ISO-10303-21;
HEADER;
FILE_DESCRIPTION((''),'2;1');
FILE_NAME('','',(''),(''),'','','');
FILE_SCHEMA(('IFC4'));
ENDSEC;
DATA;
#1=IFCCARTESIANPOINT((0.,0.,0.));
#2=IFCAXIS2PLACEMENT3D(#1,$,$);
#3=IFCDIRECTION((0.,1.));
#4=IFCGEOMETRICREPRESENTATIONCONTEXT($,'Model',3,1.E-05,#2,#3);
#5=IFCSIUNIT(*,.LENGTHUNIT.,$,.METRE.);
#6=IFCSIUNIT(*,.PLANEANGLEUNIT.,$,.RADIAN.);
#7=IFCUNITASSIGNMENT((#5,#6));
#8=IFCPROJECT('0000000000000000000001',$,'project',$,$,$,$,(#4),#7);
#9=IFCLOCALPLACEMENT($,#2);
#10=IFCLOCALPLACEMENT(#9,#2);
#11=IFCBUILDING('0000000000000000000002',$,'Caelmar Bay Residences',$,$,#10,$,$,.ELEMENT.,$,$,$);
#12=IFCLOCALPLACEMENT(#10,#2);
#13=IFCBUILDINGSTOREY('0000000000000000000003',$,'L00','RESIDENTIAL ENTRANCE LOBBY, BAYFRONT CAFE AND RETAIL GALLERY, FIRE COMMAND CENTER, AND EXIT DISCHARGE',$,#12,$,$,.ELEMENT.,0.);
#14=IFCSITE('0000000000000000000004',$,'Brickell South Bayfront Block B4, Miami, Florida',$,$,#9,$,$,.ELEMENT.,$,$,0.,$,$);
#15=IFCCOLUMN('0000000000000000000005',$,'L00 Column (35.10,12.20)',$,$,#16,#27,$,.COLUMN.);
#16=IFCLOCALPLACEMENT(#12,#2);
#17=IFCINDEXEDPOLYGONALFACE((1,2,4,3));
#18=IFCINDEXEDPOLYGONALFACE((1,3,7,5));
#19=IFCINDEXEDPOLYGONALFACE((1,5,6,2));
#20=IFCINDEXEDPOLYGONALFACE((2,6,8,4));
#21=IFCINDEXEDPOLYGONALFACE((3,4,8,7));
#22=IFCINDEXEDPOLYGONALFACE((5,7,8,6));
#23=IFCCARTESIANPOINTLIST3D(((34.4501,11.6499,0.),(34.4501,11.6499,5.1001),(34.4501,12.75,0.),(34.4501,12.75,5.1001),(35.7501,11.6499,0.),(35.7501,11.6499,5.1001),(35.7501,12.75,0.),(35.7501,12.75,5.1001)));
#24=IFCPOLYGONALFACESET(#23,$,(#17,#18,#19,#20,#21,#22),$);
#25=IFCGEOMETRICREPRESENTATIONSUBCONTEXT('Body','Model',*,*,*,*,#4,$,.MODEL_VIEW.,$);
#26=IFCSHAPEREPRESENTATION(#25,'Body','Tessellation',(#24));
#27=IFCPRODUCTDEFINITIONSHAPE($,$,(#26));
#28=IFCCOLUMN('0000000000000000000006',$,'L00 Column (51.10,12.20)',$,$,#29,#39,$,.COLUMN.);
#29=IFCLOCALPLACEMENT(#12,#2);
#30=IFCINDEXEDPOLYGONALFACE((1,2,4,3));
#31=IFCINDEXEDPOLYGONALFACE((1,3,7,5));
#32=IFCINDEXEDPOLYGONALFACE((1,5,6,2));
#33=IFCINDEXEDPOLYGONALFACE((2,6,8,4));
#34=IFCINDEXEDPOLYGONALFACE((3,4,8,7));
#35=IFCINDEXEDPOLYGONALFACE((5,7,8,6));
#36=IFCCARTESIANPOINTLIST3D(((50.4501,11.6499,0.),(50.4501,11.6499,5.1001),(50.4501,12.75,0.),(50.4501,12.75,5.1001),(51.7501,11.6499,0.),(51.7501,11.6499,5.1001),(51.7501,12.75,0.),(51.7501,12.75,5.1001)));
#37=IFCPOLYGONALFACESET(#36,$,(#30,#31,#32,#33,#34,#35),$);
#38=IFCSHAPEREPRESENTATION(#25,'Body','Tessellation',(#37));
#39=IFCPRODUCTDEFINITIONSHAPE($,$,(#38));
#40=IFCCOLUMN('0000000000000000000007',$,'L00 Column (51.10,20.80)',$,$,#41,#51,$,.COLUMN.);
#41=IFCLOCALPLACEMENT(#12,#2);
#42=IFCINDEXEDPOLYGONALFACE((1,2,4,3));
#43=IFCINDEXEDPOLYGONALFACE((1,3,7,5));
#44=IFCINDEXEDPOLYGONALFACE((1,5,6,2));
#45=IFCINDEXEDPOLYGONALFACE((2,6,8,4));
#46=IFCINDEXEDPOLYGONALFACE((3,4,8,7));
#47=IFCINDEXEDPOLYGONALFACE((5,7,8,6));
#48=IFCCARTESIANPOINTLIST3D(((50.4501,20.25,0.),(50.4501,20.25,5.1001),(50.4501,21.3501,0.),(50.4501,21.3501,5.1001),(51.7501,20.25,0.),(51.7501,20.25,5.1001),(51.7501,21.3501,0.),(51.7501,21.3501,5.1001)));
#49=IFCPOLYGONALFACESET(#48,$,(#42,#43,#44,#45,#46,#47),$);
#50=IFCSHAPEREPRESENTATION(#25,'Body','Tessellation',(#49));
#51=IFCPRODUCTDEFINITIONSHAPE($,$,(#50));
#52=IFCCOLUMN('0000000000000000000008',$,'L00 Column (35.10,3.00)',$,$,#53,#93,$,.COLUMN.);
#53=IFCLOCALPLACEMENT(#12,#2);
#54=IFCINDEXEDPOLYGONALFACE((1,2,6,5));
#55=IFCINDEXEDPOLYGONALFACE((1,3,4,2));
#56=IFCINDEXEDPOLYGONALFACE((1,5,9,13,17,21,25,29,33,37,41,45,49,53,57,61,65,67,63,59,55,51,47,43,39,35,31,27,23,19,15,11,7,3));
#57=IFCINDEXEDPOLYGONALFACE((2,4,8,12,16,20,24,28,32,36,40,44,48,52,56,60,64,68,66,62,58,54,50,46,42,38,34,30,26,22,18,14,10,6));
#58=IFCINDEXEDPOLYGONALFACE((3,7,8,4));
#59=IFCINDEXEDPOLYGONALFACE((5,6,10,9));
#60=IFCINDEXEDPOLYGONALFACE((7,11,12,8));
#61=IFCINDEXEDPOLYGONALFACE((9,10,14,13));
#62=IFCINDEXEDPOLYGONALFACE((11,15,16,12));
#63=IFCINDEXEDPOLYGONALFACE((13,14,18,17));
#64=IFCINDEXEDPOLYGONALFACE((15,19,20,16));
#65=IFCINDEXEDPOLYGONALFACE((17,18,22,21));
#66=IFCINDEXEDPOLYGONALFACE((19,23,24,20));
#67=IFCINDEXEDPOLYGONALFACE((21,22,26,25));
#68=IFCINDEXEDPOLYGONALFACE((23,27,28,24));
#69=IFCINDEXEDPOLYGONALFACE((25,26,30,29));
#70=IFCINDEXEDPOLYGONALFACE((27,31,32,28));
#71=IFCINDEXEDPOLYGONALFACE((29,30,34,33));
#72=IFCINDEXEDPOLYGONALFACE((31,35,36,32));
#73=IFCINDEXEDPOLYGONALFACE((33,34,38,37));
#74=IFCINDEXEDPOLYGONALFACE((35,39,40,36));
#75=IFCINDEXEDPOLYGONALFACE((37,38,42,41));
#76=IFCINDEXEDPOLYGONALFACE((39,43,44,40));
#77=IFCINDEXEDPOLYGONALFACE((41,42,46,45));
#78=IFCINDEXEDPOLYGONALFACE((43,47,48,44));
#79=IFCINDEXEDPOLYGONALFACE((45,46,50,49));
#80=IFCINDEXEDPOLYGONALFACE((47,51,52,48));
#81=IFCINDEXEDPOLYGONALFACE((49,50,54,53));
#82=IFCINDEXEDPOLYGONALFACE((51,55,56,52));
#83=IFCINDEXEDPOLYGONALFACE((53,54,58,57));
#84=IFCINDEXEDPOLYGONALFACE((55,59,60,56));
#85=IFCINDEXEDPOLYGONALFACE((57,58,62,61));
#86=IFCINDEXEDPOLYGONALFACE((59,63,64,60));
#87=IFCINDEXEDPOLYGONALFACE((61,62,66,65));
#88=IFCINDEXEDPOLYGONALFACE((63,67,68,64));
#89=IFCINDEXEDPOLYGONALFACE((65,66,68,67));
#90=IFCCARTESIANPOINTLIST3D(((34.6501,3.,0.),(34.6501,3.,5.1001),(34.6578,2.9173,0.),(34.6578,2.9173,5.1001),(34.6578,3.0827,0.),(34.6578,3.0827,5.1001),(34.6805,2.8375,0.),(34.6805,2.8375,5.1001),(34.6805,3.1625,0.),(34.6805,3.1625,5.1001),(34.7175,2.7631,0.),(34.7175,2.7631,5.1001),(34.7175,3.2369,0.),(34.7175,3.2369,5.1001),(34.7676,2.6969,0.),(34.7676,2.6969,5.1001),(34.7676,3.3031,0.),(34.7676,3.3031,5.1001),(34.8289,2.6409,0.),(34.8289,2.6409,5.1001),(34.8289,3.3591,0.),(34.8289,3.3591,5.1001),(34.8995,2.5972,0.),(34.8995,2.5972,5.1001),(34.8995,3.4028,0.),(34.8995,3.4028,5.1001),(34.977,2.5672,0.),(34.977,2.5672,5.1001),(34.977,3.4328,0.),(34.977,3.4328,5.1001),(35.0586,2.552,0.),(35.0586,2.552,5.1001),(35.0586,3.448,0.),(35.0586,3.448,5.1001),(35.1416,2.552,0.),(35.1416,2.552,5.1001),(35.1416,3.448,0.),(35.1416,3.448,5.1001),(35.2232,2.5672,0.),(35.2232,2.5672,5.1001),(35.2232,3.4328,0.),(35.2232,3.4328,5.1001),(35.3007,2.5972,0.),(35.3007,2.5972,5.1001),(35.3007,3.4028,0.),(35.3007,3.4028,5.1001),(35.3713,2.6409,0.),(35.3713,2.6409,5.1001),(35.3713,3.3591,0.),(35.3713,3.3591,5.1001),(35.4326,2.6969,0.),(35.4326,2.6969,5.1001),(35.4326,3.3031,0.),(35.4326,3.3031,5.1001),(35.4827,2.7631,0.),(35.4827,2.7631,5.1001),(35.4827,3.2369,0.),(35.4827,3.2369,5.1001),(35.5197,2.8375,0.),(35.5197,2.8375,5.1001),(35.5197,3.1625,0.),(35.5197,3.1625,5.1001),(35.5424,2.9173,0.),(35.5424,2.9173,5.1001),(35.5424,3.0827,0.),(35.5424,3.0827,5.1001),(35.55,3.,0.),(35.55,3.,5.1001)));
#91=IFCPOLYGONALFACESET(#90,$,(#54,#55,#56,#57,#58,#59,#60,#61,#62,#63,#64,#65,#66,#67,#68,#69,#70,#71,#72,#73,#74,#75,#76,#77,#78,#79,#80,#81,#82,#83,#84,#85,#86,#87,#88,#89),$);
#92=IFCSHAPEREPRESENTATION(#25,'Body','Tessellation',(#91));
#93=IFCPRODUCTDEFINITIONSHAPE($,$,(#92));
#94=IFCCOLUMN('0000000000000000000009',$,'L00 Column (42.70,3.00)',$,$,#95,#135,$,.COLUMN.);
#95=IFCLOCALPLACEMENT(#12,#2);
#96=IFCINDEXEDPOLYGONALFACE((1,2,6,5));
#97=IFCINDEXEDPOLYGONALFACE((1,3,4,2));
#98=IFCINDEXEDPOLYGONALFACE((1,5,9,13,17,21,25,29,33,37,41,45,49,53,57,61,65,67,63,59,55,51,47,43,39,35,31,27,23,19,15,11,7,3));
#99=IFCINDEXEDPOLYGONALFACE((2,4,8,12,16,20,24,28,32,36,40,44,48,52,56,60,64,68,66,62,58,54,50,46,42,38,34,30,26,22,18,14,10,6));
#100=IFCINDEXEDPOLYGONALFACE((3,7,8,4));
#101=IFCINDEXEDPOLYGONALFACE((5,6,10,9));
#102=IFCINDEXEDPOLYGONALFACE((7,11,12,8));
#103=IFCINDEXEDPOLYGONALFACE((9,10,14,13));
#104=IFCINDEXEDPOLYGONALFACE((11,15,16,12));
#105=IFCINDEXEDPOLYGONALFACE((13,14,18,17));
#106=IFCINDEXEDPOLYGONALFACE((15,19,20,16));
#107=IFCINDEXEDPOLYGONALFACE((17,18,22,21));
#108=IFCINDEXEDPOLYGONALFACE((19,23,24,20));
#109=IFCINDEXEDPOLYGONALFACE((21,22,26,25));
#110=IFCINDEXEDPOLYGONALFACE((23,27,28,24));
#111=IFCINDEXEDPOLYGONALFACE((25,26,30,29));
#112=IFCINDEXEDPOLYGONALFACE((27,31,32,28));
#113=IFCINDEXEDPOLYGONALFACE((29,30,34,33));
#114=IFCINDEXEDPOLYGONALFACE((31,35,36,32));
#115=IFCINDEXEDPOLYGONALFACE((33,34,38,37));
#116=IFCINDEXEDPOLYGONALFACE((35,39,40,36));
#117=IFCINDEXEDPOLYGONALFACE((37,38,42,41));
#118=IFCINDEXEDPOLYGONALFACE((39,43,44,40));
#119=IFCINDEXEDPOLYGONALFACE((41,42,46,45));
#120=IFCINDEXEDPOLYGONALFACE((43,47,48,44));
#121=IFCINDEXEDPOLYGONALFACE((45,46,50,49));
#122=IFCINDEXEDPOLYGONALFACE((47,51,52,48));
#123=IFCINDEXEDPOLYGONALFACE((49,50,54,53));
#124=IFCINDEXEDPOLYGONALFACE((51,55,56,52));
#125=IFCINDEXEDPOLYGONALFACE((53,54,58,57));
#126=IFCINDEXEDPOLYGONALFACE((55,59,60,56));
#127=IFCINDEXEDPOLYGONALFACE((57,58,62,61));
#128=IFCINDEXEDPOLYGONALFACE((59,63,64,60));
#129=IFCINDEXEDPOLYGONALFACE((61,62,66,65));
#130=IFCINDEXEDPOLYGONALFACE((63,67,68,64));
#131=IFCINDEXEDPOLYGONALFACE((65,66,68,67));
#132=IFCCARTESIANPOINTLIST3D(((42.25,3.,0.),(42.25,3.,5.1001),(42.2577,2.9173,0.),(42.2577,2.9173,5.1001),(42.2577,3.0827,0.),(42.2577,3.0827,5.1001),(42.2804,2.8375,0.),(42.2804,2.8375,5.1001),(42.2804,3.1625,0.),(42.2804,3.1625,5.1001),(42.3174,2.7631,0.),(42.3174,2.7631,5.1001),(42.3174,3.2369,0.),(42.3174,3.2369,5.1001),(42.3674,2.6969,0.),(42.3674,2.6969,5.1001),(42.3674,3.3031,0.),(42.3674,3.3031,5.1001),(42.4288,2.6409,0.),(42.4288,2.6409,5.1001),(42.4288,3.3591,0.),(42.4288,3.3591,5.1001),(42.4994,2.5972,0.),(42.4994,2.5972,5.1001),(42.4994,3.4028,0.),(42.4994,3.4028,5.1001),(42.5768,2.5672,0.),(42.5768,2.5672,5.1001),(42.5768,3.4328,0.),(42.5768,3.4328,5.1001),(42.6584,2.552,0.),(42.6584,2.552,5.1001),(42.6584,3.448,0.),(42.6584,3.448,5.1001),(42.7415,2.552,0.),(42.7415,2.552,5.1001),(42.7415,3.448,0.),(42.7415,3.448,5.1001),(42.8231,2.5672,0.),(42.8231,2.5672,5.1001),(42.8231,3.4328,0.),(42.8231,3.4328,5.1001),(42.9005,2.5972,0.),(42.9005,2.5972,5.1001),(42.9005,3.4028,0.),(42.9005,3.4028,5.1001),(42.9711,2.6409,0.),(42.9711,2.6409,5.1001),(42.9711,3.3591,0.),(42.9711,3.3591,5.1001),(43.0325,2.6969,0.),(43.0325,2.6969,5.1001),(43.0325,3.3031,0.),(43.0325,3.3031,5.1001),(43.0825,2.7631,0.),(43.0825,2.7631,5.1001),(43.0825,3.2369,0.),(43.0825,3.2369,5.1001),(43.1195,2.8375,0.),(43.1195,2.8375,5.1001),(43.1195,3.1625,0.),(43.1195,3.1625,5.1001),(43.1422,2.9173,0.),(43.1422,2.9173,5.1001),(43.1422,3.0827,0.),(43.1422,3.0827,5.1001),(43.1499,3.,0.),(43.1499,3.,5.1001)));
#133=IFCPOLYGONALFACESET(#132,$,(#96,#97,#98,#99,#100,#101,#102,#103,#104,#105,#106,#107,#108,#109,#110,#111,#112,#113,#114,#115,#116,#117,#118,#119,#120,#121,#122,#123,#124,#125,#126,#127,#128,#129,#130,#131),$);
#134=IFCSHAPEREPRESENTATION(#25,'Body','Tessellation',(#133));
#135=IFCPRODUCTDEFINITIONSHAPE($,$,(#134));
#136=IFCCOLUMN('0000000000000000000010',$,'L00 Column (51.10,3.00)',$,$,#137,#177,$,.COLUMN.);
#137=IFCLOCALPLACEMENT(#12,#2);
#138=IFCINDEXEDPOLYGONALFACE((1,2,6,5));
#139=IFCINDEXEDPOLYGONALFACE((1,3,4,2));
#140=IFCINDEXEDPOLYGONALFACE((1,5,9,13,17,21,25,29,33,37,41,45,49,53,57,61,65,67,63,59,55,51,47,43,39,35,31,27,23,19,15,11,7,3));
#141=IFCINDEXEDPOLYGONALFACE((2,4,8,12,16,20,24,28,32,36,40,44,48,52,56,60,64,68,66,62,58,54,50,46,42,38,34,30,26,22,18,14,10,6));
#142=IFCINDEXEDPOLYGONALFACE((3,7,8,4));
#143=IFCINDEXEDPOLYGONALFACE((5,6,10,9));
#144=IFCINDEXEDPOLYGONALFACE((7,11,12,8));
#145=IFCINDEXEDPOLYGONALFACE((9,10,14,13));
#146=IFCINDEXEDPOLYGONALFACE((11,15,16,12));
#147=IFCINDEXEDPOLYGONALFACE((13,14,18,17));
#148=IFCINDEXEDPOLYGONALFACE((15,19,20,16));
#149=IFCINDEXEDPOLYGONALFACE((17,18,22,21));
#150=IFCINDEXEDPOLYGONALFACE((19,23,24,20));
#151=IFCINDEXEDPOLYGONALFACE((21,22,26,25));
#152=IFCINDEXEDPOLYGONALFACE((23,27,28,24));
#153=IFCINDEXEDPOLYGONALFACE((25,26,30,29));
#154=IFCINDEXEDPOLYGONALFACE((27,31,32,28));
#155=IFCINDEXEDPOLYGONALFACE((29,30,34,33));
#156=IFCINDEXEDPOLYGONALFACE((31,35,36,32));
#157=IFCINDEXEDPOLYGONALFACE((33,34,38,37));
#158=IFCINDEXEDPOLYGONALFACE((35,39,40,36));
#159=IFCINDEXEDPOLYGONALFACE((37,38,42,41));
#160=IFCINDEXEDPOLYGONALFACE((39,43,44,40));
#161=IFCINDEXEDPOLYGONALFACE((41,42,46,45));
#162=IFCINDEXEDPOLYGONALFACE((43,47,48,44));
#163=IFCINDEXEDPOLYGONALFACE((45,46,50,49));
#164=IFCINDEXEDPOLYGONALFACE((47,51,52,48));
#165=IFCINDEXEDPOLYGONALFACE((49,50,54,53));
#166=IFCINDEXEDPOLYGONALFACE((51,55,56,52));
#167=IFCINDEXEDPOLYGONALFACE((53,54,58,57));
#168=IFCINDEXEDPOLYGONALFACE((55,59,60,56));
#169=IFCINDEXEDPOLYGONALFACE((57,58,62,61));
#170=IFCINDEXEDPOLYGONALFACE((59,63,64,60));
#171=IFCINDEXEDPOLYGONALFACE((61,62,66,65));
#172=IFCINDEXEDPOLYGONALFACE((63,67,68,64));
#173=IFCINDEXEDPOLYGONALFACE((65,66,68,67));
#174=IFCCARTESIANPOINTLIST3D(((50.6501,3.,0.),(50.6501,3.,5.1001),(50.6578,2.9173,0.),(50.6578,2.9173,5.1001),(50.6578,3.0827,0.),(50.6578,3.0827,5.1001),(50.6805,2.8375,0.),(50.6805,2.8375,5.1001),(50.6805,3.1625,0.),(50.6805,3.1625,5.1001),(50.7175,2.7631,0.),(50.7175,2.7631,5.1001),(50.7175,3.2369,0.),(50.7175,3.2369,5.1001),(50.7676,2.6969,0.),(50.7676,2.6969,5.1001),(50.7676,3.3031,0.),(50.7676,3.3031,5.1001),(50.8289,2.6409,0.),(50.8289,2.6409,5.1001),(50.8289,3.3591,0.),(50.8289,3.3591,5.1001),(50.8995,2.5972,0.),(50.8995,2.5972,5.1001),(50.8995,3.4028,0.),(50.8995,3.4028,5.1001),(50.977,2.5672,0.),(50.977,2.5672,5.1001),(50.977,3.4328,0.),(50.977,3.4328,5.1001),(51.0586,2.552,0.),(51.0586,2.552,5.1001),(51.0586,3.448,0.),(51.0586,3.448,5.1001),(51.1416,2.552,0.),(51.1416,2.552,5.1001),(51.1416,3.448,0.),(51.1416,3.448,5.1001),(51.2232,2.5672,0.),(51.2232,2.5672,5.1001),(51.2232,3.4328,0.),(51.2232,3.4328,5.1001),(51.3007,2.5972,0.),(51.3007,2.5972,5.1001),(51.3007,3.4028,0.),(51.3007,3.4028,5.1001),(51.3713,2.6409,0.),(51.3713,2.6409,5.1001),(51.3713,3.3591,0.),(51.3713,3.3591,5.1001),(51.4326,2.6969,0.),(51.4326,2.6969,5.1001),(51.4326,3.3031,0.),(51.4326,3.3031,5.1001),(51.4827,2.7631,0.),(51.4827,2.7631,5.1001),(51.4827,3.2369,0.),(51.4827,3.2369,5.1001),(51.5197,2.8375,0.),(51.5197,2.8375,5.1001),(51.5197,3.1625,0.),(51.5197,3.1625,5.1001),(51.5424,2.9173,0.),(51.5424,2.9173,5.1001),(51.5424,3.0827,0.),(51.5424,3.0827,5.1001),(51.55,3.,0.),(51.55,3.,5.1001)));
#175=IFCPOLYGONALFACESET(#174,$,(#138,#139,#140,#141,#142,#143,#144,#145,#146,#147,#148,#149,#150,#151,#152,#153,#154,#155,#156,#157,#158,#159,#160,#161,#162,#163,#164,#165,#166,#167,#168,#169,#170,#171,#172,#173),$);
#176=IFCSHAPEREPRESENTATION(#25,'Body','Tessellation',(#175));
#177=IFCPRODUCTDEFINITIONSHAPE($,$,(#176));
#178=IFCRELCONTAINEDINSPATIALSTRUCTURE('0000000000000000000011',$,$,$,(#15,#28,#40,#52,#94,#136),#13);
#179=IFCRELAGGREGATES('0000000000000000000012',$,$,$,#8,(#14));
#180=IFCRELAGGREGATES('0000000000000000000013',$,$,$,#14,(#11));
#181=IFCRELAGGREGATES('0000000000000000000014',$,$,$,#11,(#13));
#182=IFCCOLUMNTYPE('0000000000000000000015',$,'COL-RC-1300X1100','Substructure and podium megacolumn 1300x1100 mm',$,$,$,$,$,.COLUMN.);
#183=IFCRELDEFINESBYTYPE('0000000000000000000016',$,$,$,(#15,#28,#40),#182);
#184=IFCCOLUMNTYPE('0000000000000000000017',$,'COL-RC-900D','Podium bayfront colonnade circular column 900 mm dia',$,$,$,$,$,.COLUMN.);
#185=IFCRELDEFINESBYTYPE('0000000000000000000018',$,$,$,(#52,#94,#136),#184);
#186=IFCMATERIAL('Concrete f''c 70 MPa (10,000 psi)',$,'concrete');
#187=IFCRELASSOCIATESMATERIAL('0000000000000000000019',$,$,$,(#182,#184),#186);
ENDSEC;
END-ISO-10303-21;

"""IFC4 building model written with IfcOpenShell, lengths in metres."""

from ifc_helpers import new_model, si_unit, direction, frame, origin, origin_2d, place, context, subcontext, project, spatial, rectangle, circle, extrude, material, material_profile, profile_set, type_object, element, save


model = new_model("IFC4")

# Units and contexts
model_context = context("Model", 3, precision=1e-05, world=origin(), true_north=direction((0.0, 1.0)))
body_context = subcontext(model_context, "Body", "Model", "MODEL_VIEW")
ifc_project = project(units=[si_unit("LENGTHUNIT", "METRE"), si_unit("PLANEANGLEUNIT", "RADIAN")], contexts=[model_context])

# Site, building, storey
site_placement = place(None, origin())
site = spatial("IfcSite", under=ifc_project, at=site_placement, Name="Brickell South Bayfront Block B4, Miami, Florida", CompositionType="ELEMENT", RefElevation=0.0)
building_placement = place(site_placement, origin())
building = spatial("IfcBuilding", under=site, at=building_placement, Name="Caelmar Bay Residences", CompositionType="ELEMENT")
storey_placement = place(building_placement, origin())
storey = spatial("IfcBuildingStorey", under=building, at=storey_placement, Name="L00", Description="RESIDENTIAL ENTRANCE LOBBY, BAYFRONT CAFE AND RETAIL GALLERY, FIRE COMMAND CENTER, AND EXIT DISCHARGE", CompositionType="ELEMENT", Elevation=0.0)

# Columns
ifc_material_1 = material(Name="Concrete f'c 70 MPa (10,000 psi)", Category="concrete")
ifc_material_profile_1 = material_profile(ifc_material_1, rectangle(XDim=1.3, YDim=1.1001, at=origin_2d()), Name="RC-COL-1300X1100")
ifc_profile_set_1 = profile_set([ifc_material_profile_1], Name="Concrete f'c 70 MPa (10,000 psi)")
column_type_1 = type_object("IfcColumnType", Name="COL-RC-1300X1100", Description="Substructure and podium megacolumn 1300x1100 mm", PredefinedType="COLUMN", material=ifc_profile_set_1)
for number, where, z_axis, x_axis, name in (
    (1, (35.1001, 12.2, 0.0), (0.0, 0.0, 1.0), (1.0, 0.0, 0.0), "L00 Column (35.10,12.20)"),
    (2, (51.1001, 12.2, 0.0), (0.0, 0.0, 1.0), (1.0, 0.0, 0.0), "L00 Column (51.10,12.20)"),
    (3, (51.1001, 20.8, 0.0), (0.0, 0.0, 1.0), (1.0, 0.0, 0.0), "L00 Column (51.10,20.80)"),
):
    element("IfcColumn", number, at=place(storey_placement, frame(where, z_axis=z_axis, x_axis=x_axis)), inside=storey, type_object=column_type_1, Name=name, PredefinedType="COLUMN", context=body_context, shape_type="SweptSolid", body=[
        extrude(rectangle(XDim=1.3, YDim=1.1001, at=origin_2d()), origin(), (0.0, 0.0, 1.0), 5.1001),
    ])
ifc_material_profile_2 = material_profile(ifc_material_1, circle(Radius=0.45, at=origin_2d()), Name="RC-COL-900D")
ifc_profile_set_2 = profile_set([ifc_material_profile_2], Name="Concrete f'c 70 MPa (10,000 psi)")
column_type_2 = type_object("IfcColumnType", Name="COL-RC-900D", Description="Podium bayfront colonnade circular column 900 mm dia", PredefinedType="COLUMN", material=ifc_profile_set_2)
for number, where, z_axis, x_axis, name in (
    (4, (35.1001, 3.0, 0.0), (0.0, 0.0, 1.0), (1.0, 0.0, 0.0), "L00 Column (35.10,3.00)"),
    (5, (42.7, 3.0, 0.0), (0.0, 0.0, 1.0), (1.0, 0.0, 0.0), "L00 Column (42.70,3.00)"),
    (6, (51.1001, 3.0, 0.0), (0.0, 0.0, 1.0), (1.0, 0.0, 0.0), "L00 Column (51.10,3.00)"),
):
    element("IfcColumn", number, at=place(storey_placement, frame(where, z_axis=z_axis, x_axis=x_axis)), inside=storey, type_object=column_type_2, Name=name, PredefinedType="COLUMN", context=body_context, shape_type="SweptSolid", body=[
        extrude(circle(Radius=0.45, at=origin_2d()), origin(), (0.0, 0.0, 1.0), 5.1001),
    ])

save(model, "model.ifc")
